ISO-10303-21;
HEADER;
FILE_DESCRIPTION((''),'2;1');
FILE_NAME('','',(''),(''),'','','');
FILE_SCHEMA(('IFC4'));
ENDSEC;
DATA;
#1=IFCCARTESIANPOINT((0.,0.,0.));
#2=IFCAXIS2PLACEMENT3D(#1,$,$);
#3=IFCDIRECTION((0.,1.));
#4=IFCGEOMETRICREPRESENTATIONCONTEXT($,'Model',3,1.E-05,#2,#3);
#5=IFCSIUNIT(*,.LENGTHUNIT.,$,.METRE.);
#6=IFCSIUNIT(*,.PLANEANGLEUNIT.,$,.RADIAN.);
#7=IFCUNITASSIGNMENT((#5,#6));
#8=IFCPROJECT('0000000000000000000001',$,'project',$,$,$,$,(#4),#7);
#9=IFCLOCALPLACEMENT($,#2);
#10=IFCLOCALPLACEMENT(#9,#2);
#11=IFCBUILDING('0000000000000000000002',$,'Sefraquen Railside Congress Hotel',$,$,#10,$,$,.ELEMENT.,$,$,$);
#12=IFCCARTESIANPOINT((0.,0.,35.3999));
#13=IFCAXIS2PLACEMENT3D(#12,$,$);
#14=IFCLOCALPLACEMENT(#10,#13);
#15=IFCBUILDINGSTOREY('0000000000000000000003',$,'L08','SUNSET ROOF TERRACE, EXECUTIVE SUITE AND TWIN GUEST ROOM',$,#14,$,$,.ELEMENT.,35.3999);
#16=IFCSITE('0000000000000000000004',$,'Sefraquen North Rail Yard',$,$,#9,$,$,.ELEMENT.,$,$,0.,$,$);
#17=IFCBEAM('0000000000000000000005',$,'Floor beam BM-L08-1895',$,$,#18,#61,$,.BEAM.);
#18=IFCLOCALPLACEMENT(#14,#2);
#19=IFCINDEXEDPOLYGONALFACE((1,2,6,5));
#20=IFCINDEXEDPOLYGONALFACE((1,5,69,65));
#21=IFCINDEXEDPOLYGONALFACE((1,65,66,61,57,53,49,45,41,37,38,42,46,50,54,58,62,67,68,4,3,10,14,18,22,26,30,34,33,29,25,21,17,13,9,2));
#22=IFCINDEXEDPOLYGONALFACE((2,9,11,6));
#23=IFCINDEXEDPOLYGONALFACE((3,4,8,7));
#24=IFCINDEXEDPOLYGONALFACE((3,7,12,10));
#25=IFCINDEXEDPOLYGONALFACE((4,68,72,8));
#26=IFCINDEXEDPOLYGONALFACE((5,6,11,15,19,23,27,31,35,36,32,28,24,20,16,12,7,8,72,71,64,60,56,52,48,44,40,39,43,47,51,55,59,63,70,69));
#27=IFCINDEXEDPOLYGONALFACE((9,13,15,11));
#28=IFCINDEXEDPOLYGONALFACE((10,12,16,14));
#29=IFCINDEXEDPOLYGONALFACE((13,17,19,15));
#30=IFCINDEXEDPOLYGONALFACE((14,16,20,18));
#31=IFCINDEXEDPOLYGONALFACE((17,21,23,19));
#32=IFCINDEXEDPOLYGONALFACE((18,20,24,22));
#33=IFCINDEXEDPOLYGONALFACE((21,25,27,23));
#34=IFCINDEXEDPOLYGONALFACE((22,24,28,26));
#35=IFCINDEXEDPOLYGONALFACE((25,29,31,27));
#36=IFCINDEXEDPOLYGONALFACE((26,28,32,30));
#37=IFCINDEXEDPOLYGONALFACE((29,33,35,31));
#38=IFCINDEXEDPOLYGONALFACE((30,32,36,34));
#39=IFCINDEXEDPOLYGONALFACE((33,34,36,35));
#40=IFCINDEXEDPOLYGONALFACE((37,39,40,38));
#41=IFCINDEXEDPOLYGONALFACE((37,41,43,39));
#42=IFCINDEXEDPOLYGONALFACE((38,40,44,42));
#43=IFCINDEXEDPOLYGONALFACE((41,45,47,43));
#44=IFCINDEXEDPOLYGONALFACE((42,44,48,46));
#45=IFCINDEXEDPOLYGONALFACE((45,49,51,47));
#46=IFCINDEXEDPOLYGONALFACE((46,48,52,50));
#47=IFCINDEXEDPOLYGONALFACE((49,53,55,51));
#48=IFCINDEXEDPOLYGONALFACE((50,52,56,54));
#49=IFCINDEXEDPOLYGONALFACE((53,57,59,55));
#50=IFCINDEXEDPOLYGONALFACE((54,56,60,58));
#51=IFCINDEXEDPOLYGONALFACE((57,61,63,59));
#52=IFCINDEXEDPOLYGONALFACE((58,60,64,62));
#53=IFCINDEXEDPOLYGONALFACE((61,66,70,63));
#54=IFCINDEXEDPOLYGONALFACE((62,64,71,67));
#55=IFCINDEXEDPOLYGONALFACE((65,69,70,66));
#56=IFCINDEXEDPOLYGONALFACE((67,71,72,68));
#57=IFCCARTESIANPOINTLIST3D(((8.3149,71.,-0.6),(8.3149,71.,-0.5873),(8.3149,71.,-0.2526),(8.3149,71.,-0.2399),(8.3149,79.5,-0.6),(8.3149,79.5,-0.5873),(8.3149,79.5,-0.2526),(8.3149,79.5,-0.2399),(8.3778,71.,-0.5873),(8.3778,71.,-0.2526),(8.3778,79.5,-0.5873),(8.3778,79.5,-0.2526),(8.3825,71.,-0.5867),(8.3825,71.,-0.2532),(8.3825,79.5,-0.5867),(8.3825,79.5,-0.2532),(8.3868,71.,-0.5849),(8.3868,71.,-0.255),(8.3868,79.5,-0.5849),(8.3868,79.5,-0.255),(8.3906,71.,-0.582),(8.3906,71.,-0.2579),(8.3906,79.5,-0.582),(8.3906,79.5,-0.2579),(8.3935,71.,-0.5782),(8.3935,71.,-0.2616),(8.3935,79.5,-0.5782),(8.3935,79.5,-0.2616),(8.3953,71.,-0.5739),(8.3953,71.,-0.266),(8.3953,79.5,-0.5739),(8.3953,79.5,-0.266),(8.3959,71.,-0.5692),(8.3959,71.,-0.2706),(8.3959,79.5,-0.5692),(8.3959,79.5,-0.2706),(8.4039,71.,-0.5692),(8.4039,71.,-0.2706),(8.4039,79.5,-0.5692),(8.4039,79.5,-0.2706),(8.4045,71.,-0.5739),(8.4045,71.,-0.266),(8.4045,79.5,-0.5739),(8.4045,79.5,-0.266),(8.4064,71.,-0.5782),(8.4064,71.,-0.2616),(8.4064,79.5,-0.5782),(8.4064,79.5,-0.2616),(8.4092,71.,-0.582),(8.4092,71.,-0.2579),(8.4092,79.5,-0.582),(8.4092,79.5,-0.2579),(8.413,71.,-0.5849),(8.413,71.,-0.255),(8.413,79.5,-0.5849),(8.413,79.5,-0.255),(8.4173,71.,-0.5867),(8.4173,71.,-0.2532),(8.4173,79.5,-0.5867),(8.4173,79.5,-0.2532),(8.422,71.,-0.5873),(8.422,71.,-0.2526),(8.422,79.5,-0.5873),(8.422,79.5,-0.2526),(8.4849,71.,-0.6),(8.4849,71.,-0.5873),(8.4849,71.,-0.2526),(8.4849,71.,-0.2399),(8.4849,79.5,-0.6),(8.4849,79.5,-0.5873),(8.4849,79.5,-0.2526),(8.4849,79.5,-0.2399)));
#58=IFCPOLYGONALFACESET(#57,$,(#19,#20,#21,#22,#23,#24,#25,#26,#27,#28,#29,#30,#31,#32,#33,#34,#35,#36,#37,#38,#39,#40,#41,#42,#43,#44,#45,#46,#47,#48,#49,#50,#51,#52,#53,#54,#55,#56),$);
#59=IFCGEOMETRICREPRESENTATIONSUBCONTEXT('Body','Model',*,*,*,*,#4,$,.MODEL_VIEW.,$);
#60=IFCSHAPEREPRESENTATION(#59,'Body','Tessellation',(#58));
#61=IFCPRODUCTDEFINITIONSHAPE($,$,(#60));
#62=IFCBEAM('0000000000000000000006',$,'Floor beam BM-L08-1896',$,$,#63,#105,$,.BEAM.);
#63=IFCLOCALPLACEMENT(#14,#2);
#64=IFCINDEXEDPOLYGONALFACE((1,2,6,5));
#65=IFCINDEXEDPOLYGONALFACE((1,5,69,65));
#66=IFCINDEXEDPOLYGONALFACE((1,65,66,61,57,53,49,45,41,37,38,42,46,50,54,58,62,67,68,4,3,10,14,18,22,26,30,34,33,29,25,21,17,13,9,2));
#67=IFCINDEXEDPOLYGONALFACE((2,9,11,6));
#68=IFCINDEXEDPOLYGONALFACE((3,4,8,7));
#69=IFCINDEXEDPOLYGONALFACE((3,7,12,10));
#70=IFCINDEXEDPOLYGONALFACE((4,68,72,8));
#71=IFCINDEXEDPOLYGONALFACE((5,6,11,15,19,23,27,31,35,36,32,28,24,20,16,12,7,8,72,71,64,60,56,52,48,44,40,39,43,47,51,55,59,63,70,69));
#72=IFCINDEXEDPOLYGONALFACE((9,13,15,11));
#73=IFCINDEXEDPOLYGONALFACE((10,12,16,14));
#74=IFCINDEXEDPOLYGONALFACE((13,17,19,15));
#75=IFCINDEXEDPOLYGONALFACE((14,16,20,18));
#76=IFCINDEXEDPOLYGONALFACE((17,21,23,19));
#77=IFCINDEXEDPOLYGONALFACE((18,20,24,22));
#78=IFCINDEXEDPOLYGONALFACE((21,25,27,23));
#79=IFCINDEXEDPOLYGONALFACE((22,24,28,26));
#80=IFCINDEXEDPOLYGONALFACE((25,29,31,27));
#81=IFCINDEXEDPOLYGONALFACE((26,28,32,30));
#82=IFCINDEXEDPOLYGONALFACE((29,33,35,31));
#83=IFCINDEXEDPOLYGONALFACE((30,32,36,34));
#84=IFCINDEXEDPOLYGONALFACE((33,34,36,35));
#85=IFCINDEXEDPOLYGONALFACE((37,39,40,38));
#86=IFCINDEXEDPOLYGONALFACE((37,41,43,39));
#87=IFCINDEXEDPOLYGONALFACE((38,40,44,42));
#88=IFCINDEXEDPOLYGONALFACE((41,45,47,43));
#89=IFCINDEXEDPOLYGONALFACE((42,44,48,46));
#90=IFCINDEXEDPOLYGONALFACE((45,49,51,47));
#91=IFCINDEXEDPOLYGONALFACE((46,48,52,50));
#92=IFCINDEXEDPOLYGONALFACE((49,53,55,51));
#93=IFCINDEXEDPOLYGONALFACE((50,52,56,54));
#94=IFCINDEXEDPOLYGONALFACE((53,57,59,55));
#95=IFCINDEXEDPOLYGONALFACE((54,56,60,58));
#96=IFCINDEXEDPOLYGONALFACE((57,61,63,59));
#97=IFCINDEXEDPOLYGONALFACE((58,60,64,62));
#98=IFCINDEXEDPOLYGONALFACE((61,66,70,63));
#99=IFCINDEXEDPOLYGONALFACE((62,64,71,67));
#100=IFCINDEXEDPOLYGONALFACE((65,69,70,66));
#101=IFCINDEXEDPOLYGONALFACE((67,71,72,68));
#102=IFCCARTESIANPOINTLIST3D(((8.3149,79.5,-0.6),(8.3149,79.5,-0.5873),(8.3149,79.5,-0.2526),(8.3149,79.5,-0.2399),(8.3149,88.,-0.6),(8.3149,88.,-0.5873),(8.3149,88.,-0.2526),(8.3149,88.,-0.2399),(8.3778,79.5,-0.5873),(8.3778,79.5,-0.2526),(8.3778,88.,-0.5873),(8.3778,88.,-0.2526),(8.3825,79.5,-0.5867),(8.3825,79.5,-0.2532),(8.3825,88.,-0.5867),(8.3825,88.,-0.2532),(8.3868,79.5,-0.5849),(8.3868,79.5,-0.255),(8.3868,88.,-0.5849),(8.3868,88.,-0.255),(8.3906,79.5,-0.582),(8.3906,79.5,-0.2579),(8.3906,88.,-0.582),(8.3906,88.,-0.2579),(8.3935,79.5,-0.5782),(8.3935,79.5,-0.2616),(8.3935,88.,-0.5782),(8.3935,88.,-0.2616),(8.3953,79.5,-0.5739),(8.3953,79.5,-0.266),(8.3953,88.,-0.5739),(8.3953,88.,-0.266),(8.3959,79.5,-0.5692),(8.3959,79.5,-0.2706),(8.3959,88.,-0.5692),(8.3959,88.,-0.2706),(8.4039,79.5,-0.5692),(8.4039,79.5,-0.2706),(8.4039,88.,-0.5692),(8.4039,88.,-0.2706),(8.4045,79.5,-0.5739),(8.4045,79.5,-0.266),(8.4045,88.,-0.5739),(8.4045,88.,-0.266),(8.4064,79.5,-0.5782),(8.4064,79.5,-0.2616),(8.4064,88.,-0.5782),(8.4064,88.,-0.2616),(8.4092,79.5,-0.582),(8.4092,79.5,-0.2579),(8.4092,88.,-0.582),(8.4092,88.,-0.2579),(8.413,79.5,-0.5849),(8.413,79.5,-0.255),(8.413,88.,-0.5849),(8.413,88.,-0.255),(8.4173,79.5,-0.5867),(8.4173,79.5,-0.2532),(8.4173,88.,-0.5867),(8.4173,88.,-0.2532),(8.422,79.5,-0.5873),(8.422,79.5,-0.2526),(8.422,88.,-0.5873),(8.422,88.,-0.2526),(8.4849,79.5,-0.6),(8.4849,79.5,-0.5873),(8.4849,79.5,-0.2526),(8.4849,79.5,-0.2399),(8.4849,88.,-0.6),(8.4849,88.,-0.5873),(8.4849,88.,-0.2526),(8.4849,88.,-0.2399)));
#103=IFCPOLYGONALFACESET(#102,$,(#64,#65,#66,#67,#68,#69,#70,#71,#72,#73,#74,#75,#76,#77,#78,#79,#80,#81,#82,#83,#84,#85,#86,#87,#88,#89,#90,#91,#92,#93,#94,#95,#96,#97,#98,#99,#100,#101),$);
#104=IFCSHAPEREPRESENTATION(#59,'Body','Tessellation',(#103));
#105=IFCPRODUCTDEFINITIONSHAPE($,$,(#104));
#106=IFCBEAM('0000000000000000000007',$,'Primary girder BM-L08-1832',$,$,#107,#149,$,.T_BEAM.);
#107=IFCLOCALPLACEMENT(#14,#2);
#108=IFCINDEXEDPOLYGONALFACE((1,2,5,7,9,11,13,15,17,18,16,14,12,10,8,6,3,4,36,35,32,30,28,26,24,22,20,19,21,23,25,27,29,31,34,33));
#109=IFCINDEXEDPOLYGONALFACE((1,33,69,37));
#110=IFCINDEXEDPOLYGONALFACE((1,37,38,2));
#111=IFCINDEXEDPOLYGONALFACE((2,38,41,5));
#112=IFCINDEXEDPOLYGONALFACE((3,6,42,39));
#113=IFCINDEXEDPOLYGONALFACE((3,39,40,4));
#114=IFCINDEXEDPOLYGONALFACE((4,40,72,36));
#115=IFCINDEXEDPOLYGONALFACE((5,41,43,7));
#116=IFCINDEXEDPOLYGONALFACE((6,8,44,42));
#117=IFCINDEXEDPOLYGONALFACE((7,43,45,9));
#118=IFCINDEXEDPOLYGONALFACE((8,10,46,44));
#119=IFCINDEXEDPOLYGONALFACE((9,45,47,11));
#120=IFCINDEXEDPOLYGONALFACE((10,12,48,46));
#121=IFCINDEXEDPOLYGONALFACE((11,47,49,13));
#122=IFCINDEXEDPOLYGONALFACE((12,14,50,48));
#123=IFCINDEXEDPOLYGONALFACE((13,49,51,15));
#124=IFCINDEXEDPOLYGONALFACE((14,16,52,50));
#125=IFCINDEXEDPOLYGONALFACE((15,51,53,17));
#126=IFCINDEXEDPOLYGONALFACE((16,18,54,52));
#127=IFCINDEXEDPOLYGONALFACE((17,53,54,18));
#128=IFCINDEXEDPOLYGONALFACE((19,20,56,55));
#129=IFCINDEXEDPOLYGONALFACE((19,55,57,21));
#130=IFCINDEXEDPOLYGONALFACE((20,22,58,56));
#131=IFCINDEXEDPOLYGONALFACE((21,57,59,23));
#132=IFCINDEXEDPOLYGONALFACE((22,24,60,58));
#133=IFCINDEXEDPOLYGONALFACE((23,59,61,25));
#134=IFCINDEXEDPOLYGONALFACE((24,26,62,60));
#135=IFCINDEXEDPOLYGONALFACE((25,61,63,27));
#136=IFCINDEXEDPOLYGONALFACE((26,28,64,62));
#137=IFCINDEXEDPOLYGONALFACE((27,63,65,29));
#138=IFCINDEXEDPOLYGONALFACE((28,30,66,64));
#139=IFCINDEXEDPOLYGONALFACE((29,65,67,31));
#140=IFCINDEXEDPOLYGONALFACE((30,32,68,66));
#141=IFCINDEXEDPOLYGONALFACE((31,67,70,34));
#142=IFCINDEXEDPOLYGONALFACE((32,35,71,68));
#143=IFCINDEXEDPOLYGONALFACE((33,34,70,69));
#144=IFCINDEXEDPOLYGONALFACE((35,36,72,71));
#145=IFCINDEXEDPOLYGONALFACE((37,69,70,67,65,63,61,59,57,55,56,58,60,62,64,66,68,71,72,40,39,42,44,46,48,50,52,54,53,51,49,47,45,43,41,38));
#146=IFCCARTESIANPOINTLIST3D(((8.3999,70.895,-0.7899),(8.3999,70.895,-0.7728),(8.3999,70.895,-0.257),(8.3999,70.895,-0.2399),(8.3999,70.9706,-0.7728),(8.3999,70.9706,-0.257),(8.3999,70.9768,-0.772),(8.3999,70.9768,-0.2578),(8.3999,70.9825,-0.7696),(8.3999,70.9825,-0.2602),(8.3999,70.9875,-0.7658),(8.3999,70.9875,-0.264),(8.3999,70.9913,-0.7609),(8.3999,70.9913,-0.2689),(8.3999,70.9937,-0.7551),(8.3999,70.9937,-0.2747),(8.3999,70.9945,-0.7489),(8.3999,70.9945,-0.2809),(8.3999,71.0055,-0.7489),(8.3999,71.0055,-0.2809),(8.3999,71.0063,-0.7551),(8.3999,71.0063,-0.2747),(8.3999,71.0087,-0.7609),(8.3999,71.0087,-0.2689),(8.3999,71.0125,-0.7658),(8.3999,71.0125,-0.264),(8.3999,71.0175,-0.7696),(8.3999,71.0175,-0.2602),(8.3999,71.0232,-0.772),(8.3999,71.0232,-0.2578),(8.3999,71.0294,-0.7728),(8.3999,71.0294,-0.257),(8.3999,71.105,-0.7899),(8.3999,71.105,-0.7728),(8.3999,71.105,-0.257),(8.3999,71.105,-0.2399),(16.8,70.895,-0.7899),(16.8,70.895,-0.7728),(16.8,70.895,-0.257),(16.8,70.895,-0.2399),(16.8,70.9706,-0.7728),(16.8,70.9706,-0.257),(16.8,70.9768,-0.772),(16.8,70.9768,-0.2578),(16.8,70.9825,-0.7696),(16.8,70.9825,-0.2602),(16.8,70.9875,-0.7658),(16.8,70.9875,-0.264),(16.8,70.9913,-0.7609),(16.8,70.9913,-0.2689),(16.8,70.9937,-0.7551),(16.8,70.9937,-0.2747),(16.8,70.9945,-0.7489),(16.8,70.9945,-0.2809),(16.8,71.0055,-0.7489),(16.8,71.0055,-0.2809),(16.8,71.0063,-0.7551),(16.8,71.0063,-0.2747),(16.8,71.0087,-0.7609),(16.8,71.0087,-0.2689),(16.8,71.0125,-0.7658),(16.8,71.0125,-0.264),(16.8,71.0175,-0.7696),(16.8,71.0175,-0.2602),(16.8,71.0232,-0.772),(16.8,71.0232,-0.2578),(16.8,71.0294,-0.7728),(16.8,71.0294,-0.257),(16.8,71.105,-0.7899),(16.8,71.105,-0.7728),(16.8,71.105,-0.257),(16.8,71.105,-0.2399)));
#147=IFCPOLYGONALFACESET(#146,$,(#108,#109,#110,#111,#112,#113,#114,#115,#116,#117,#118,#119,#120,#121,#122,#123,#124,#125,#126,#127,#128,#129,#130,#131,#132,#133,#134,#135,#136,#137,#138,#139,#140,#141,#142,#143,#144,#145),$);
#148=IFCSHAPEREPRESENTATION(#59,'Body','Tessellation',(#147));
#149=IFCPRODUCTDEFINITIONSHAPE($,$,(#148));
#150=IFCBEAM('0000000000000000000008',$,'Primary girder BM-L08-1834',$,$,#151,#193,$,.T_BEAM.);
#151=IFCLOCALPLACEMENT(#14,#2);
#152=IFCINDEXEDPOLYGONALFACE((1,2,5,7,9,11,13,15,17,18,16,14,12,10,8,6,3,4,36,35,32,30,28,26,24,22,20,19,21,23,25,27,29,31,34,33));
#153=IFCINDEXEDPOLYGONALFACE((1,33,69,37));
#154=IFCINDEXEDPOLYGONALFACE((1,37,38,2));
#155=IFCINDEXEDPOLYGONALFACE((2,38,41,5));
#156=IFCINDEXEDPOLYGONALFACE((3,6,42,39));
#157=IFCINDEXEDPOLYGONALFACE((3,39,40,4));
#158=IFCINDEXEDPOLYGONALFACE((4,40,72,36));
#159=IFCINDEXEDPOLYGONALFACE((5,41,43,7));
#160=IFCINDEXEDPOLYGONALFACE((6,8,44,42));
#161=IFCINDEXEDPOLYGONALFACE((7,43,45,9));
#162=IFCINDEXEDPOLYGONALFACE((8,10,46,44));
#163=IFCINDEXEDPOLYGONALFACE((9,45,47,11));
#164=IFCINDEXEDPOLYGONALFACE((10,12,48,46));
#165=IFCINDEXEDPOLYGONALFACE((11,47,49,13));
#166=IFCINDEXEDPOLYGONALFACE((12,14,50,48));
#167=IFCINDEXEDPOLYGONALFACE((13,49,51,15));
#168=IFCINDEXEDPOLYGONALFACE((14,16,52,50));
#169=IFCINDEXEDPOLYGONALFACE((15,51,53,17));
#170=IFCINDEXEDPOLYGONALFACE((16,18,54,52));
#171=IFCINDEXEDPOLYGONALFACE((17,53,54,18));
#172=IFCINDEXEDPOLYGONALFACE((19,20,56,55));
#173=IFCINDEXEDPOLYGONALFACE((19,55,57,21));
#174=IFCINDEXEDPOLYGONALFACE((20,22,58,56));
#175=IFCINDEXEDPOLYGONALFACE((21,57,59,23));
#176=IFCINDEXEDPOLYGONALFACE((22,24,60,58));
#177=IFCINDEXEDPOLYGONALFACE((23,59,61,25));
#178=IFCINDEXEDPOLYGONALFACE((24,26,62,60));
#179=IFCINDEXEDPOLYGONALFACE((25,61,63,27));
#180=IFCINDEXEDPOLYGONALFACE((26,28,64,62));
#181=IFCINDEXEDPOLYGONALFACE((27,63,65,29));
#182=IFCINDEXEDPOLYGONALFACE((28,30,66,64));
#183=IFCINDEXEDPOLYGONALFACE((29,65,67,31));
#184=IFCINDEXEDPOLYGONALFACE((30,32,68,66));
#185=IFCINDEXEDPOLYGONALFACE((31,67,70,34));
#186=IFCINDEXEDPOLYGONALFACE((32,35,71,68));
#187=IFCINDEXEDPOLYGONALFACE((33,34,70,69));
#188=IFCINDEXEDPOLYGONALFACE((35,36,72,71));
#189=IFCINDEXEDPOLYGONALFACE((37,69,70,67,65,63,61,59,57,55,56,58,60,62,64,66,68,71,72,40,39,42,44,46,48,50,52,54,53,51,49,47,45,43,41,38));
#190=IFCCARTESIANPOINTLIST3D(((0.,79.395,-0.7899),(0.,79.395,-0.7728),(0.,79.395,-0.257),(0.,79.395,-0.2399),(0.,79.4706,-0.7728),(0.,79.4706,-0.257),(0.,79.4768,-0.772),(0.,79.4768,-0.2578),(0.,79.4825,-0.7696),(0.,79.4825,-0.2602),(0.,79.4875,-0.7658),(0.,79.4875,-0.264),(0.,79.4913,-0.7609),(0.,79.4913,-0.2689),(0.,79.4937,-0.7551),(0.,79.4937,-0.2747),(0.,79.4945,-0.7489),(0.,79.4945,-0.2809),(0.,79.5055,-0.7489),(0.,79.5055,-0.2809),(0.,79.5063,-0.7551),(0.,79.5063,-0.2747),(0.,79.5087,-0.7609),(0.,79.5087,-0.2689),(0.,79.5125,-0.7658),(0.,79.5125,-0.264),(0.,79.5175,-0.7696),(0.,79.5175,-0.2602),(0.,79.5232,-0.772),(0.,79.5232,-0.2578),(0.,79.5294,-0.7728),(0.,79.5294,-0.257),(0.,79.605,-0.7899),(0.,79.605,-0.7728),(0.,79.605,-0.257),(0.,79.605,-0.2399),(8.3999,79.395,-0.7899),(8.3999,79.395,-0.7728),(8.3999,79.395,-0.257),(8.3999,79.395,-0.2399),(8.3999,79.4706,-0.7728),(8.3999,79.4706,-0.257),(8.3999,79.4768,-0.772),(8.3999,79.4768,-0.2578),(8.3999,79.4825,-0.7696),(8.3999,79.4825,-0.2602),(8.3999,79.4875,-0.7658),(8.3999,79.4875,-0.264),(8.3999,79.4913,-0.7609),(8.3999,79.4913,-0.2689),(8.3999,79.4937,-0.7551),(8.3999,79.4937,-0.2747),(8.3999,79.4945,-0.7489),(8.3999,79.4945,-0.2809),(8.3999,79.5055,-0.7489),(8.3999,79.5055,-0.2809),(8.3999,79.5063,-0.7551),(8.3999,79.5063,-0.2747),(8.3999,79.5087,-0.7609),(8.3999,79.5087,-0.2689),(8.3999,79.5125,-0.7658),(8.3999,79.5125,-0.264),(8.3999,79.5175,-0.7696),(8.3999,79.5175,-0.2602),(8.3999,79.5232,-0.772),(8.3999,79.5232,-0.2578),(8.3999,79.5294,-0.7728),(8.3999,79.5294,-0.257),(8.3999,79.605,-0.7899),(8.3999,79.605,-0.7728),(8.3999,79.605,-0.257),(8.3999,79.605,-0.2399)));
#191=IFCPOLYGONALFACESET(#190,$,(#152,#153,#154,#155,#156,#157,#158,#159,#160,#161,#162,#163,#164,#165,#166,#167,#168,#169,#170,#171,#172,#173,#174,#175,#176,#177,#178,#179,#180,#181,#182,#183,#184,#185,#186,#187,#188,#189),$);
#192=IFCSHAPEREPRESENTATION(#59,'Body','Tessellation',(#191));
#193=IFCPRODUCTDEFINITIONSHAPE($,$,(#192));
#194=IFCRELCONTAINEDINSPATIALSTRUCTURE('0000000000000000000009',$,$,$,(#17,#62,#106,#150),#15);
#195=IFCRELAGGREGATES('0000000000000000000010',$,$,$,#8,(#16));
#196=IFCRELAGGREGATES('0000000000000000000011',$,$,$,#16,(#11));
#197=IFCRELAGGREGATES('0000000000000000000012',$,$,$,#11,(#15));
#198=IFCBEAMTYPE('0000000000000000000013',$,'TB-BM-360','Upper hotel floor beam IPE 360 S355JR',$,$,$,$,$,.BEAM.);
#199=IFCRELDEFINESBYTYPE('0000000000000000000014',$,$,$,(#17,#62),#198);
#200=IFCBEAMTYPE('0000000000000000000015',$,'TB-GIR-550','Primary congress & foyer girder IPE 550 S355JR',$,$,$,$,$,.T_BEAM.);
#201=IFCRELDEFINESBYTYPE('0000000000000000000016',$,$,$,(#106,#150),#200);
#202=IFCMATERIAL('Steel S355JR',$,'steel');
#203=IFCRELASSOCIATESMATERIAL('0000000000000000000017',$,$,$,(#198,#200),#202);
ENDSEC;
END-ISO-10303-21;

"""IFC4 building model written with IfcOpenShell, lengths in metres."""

from ifc_helpers import new_model, si_unit, direction, frame, origin, origin_2d, place, context, subcontext, project, spatial, i_section, extrude, material, material_profile, profile_set, type_object, element, save


model = new_model("IFC4")

# Units and contexts
model_context = context("Model", 3, precision=1e-05, world=origin(), true_north=direction((0.0, 1.0)))
body_context = subcontext(model_context, "Body", "Model", "MODEL_VIEW")
ifc_project = project(units=[si_unit("LENGTHUNIT", "METRE"), si_unit("PLANEANGLEUNIT", "RADIAN")], contexts=[model_context])

# Site, building, storey
site_placement = place(None, origin())
site = spatial("IfcSite", under=ifc_project, at=site_placement, Name="Sefraquen North Rail Yard", CompositionType="ELEMENT", RefElevation=0.0)
building_placement = place(site_placement, origin())
building = spatial("IfcBuilding", under=site, at=building_placement, Name="Sefraquen Railside Congress Hotel", CompositionType="ELEMENT")
storey_placement = place(building_placement, frame((0.0, 0.0, 35.3999)))
storey = spatial("IfcBuildingStorey", under=building, at=storey_placement, Name="L08", Description="SUNSET ROOF TERRACE, EXECUTIVE SUITE AND TWIN GUEST ROOM", CompositionType="ELEMENT", Elevation=35.3999)

# Shared definitions
ifc_material_1 = material(Name="Steel S355JR", Category="steel")

# Beams
ifc_material_profile_1 = material_profile(ifc_material_1, i_section(OverallWidth=0.1699, OverallDepth=0.3601, WebThickness=0.0081, FlangeThickness=0.0127, FilletRadius=0.0181, at=origin_2d()), Name="IPE 360")
ifc_profile_set_1 = profile_set([ifc_material_profile_1], Name="Steel S355JR")
beam_type_1 = type_object("IfcBeamType", Name="TB-BM-360", Description="Upper hotel floor beam IPE 360 S355JR", PredefinedType="BEAM", material=ifc_profile_set_1)
for number, where, z_axis, x_axis, name in (
    (1, (8.3999, 71.0, -0.4199), (0.0, 1.0, 0.0), (-1.0, 0.0, 0.0), "Floor beam BM-L08-1895"),
    (2, (8.3999, 79.5, -0.4199), (0.0, 1.0, 0.0), (-1.0, 0.0, 0.0), "Floor beam BM-L08-1896"),
):
    element("IfcBeam", number, at=place(storey_placement, frame(where, z_axis=z_axis, x_axis=x_axis)), inside=storey, type_object=beam_type_1, Name=name, PredefinedType="BEAM", context=body_context, shape_type="SweptSolid", body=[
        extrude(i_section(OverallWidth=0.1699, OverallDepth=0.3601, WebThickness=0.0081, FlangeThickness=0.0127, FilletRadius=0.0181, at=origin_2d()), origin(), (0.0, 0.0, 1.0), 8.5),
    ])
ifc_material_profile_2 = material_profile(ifc_material_1, i_section(OverallWidth=0.21, OverallDepth=0.55, WebThickness=0.011, FlangeThickness=0.0171, FilletRadius=0.0239, at=origin_2d()), Name="IPE 550")
ifc_profile_set_2 = profile_set([ifc_material_profile_2], Name="Steel S355JR")
beam_type_2 = type_object("IfcBeamType", Name="TB-GIR-550", Description="Primary congress & foyer girder IPE 550 S355JR", PredefinedType="T_BEAM", material=ifc_profile_set_2)
beam_1_placement = place(storey_placement, frame((8.3999, 71.0, -0.5149), z_axis=(1.0, 0.0, 0.0), x_axis=(0.0, 1.0, 0.0)))
element("IfcBeam", 3, at=beam_1_placement, inside=storey, type_object=beam_type_2, Name="Primary girder BM-L08-1832", PredefinedType="T_BEAM", context=body_context, shape_type="SweptSolid", body=[
    extrude(i_section(OverallWidth=0.21, OverallDepth=0.55, WebThickness=0.011, FlangeThickness=0.0171, FilletRadius=0.0239, at=origin_2d()), origin(), (0.0, 0.0, 1.0), 8.4001),
])
beam_2_placement = place(storey_placement, frame((0.0, 79.5, -0.5149), z_axis=(1.0, 0.0, 0.0), x_axis=(0.0, 1.0, 0.0)))
element("IfcBeam", 4, at=beam_2_placement, inside=storey, type_object=beam_type_2, Name="Primary girder BM-L08-1834", PredefinedType="T_BEAM", context=body_context, shape_type="SweptSolid", body=[
    extrude(i_section(OverallWidth=0.21, OverallDepth=0.55, WebThickness=0.011, FlangeThickness=0.0171, FilletRadius=0.0239, at=origin_2d()), origin(), (0.0, 0.0, 1.0), 8.3999),
])

save(model, "model.ifc")
